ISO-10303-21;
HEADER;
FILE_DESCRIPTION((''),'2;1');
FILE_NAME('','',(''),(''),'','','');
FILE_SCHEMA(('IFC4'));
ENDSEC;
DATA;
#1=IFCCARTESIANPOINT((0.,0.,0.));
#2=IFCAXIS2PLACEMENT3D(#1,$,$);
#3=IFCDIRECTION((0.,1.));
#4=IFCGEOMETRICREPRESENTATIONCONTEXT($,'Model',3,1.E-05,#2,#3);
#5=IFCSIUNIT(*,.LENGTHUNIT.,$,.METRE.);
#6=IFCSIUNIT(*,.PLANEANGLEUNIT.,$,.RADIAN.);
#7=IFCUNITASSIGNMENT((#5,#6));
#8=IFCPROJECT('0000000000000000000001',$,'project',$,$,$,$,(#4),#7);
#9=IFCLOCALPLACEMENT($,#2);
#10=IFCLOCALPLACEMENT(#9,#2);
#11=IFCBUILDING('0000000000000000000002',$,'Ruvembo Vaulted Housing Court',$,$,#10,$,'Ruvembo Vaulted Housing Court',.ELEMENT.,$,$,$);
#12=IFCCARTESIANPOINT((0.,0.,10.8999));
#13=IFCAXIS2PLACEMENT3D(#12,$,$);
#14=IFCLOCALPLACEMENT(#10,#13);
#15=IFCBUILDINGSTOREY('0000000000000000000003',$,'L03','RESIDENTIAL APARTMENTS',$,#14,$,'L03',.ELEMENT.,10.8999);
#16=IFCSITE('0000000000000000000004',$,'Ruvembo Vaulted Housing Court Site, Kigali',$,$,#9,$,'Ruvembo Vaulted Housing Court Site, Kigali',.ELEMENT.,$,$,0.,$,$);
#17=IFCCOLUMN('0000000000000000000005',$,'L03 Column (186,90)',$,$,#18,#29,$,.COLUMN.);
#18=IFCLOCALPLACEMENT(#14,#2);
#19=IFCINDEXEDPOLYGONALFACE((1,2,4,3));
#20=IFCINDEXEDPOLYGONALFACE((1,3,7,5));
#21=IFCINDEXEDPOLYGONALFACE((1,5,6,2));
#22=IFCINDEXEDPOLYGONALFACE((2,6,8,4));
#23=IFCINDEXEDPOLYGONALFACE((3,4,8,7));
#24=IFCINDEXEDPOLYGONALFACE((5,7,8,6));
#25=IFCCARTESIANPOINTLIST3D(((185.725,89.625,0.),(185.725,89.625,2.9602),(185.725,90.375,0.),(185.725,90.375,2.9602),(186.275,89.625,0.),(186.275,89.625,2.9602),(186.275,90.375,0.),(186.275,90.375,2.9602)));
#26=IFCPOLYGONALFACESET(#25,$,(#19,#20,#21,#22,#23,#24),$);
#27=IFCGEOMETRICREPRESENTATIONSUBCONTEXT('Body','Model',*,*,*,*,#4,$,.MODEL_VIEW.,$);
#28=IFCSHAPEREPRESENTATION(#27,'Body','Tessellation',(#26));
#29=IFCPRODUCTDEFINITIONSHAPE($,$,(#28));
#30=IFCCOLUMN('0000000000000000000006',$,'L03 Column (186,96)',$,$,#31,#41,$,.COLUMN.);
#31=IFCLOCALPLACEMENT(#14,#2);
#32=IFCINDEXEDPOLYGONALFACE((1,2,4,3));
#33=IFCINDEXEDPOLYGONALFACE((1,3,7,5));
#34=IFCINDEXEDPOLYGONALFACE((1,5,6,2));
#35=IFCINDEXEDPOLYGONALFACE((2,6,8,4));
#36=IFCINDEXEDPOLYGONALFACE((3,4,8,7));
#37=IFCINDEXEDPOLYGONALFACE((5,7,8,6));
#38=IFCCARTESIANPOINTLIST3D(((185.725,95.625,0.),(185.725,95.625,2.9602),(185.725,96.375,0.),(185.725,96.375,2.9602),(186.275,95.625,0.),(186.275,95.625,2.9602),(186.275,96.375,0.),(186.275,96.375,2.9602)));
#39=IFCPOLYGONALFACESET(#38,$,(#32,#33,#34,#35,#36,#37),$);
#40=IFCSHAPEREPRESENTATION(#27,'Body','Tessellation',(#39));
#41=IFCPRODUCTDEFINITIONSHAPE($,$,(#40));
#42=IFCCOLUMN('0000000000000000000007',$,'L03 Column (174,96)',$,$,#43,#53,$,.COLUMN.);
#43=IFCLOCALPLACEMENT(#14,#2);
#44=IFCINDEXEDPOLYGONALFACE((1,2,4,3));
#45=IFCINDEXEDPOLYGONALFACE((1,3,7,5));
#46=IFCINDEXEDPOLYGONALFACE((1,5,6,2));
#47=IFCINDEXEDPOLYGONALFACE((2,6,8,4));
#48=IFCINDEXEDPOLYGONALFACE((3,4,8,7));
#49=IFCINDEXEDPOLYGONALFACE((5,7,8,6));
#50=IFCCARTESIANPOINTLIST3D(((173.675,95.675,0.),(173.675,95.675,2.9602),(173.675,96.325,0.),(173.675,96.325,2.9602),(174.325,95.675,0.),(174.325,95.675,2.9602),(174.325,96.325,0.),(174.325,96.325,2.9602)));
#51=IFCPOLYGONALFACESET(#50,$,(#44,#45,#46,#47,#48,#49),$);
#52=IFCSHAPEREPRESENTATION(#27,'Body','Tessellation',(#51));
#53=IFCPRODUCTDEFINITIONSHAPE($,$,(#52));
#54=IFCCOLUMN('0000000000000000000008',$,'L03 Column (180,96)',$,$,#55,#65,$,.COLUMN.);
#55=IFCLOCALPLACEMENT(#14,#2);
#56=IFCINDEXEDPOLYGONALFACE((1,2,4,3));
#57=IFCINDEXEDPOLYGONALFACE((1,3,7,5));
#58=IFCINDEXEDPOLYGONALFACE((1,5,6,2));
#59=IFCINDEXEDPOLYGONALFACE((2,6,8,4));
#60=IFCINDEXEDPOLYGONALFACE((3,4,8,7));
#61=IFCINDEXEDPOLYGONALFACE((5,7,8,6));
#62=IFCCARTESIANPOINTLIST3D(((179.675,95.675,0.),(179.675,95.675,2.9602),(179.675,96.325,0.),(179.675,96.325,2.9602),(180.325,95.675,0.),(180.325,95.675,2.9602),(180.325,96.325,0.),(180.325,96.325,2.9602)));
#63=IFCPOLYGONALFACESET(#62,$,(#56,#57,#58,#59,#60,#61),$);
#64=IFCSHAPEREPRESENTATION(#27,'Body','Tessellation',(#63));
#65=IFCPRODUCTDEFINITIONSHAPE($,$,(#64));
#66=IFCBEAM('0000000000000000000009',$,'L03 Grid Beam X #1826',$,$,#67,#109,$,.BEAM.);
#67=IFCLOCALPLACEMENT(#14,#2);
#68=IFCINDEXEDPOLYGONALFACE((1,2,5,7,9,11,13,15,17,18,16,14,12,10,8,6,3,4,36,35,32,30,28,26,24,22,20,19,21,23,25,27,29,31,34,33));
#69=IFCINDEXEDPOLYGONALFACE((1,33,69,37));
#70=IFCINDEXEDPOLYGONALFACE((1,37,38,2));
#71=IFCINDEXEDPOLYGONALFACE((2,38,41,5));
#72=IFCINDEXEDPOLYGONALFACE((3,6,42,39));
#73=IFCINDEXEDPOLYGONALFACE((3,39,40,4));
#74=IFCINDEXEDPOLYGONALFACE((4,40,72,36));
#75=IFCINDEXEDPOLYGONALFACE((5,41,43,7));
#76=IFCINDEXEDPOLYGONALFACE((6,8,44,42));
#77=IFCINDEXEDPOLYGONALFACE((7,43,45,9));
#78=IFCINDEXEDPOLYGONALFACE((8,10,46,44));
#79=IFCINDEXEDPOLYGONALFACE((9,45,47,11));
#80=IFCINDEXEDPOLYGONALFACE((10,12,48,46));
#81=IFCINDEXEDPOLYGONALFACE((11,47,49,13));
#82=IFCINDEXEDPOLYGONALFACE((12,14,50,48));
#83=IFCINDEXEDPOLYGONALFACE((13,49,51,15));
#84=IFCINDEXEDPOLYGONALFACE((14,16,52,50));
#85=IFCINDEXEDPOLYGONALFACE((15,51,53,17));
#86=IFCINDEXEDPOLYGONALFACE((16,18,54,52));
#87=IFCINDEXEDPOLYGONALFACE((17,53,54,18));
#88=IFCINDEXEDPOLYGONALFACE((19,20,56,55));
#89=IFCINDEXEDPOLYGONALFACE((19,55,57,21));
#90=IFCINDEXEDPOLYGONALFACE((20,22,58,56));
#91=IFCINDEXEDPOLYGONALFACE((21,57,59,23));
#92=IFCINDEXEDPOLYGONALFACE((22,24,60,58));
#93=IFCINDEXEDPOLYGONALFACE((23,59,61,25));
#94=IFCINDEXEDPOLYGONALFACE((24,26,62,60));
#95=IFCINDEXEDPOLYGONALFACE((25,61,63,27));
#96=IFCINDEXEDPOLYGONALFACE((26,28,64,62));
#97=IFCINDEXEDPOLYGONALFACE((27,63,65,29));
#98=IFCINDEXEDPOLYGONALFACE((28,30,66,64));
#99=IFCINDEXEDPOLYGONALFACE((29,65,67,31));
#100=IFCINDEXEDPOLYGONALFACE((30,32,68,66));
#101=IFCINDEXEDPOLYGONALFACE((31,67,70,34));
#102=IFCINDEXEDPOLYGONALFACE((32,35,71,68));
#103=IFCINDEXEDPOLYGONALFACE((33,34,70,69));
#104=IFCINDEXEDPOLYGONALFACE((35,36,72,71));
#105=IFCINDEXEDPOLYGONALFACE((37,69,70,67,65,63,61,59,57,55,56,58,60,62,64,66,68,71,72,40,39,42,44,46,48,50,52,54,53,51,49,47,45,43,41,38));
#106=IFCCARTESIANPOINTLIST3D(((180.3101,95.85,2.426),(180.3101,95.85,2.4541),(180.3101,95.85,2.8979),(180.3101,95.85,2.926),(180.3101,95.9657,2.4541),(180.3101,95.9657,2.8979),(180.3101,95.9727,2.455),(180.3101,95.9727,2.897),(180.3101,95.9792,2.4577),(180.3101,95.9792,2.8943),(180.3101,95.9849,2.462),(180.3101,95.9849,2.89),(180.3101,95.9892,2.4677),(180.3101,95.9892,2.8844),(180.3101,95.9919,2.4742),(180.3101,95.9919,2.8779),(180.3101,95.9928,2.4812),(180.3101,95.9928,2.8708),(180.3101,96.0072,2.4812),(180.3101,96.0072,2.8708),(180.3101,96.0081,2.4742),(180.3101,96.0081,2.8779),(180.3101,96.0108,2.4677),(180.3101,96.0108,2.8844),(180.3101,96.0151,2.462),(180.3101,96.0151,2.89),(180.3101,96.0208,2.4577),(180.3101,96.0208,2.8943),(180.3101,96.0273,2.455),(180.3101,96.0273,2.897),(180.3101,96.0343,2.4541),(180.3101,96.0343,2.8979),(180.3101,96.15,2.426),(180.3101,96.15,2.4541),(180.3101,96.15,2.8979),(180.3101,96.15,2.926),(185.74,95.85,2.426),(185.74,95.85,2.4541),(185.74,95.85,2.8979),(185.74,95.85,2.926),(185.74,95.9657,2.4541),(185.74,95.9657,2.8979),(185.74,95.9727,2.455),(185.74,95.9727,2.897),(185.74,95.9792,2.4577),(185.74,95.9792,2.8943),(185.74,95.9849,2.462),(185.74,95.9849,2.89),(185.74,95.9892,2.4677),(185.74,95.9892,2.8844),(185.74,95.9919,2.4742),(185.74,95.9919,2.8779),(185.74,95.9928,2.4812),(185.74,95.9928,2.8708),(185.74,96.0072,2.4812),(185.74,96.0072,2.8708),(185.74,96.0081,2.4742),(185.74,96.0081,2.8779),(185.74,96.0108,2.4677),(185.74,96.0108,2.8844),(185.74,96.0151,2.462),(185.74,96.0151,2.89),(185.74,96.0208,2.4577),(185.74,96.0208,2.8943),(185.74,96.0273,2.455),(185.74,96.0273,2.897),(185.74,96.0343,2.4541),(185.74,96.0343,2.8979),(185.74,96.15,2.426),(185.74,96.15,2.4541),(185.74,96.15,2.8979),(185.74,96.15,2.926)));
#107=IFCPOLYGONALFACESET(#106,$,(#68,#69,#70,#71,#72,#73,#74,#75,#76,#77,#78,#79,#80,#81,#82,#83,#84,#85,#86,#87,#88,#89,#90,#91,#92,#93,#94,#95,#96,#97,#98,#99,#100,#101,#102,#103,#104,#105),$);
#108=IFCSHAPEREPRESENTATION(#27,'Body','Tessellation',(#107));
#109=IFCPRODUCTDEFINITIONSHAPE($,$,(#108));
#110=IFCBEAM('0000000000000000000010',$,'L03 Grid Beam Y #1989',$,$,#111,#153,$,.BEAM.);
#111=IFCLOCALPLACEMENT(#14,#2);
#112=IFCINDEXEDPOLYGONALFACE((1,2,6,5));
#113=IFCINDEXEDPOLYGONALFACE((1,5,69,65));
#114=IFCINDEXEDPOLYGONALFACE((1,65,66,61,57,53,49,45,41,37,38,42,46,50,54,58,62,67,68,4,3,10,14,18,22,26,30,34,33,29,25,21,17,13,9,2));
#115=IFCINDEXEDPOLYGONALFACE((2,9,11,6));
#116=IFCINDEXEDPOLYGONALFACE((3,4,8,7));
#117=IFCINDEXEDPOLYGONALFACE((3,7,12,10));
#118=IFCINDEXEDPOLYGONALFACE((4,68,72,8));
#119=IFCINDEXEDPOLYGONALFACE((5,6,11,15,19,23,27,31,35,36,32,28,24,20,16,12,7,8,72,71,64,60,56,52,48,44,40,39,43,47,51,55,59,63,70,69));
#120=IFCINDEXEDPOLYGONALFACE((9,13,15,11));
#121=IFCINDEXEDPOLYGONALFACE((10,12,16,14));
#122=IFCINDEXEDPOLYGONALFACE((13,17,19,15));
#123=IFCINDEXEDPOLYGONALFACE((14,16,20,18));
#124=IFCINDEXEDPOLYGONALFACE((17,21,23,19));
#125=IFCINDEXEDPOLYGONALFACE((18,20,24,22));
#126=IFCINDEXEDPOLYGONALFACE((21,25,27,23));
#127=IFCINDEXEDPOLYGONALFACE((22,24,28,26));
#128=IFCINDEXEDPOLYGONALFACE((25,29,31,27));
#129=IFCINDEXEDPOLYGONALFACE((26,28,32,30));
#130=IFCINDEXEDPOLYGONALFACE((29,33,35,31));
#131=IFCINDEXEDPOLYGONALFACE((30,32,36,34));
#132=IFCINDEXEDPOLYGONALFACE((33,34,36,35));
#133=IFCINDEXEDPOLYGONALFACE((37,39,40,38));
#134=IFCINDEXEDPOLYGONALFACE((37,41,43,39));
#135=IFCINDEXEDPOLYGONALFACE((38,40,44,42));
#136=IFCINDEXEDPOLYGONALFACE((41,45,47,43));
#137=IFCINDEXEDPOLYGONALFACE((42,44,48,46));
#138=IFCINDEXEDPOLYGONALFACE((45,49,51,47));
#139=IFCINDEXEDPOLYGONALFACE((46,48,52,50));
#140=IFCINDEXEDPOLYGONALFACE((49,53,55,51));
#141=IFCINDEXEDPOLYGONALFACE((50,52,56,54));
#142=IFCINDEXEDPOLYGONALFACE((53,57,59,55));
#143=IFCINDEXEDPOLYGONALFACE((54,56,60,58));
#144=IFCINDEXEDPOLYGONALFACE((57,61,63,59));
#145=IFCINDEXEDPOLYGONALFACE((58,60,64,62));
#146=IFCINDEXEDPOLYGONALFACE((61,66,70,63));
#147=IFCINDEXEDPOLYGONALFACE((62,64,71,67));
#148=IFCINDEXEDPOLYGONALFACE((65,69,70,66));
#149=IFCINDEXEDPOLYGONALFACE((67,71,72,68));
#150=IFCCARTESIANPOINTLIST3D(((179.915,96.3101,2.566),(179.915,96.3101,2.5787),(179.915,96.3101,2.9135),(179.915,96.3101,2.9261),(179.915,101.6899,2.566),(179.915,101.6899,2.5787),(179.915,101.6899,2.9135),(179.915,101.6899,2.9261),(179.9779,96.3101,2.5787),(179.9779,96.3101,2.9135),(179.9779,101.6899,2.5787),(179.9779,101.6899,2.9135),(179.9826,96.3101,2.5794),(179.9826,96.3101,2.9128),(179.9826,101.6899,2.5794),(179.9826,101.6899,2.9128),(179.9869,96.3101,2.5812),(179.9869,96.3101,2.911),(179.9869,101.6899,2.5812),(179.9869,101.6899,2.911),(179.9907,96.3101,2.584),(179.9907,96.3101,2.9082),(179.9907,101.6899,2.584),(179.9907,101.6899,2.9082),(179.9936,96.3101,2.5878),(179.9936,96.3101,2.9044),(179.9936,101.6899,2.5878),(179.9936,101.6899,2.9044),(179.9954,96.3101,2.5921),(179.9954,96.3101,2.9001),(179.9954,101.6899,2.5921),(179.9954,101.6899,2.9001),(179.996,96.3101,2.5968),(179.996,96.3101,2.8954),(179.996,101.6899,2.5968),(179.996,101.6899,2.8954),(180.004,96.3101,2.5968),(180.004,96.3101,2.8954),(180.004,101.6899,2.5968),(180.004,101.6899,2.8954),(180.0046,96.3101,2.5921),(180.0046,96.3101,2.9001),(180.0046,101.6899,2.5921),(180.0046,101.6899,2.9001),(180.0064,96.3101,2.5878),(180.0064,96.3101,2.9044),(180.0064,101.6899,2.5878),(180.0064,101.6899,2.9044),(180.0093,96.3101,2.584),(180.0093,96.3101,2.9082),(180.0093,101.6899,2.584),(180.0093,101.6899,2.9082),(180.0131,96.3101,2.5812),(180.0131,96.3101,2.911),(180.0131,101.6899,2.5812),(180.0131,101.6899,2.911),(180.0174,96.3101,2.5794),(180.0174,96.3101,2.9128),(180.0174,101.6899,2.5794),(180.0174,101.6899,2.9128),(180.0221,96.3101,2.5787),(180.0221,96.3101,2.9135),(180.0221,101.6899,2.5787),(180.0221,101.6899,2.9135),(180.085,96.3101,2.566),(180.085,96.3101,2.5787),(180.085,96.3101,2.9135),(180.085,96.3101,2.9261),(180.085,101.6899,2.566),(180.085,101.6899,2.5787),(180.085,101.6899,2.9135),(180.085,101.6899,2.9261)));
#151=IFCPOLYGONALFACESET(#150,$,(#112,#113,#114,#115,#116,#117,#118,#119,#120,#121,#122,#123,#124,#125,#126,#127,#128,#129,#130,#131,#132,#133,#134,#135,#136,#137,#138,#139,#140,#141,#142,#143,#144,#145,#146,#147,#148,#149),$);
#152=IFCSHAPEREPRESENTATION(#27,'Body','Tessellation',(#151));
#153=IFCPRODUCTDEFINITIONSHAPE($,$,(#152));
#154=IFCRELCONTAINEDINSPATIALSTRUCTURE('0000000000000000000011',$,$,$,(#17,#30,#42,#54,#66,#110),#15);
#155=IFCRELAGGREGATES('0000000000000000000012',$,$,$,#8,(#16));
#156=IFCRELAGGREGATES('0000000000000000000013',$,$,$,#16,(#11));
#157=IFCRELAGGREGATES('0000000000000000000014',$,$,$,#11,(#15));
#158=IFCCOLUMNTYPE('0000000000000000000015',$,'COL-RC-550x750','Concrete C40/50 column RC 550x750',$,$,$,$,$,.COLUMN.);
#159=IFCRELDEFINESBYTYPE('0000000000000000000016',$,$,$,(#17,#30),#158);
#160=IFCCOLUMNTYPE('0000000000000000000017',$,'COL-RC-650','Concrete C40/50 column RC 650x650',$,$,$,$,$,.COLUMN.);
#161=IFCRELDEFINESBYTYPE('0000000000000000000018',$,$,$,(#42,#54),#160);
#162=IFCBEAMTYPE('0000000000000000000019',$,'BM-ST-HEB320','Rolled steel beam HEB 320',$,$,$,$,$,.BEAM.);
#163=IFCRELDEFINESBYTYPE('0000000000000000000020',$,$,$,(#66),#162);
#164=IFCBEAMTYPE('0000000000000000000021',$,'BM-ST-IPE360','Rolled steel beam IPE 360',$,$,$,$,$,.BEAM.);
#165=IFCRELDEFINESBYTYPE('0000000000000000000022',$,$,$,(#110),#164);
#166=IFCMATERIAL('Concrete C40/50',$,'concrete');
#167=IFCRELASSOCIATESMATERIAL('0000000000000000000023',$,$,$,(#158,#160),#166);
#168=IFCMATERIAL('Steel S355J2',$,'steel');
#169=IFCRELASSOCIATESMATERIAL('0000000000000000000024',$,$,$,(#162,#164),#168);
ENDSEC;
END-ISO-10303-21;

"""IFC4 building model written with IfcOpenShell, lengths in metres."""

from ifc_helpers import new_model, si_unit, direction, frame, origin, origin_2d, place, context, subcontext, project, spatial, rectangle, i_section, extrude, material, material_profile, profile_set, type_object, element, save


model = new_model("IFC4")

# Units and contexts
model_context = context("Model", 3, precision=1e-05, world=origin(), true_north=direction((0.0, 1.0)))
body_context = subcontext(model_context, "Body", "Model", "MODEL_VIEW")
ifc_project = project(units=[si_unit("LENGTHUNIT", "METRE"), si_unit("PLANEANGLEUNIT", "RADIAN")], contexts=[model_context])

# Site, building, storey
site_placement = place(None, origin())
site = spatial("IfcSite", under=ifc_project, at=site_placement, Name="Ruvembo Vaulted Housing Court Site, Kigali", LongName="Ruvembo Vaulted Housing Court Site, Kigali", CompositionType="ELEMENT", RefElevation=0.0)
building_placement = place(site_placement, origin())
building = spatial("IfcBuilding", under=site, at=building_placement, Name="Ruvembo Vaulted Housing Court", LongName="Ruvembo Vaulted Housing Court", CompositionType="ELEMENT")
storey_placement = place(building_placement, frame((0.0, 0.0, 10.8999)))
storey = spatial("IfcBuildingStorey", under=building, at=storey_placement, Name="L03", Description="RESIDENTIAL APARTMENTS", LongName="L03", CompositionType="ELEMENT", Elevation=10.8999)

# Columns
ifc_material_1 = material(Name="Concrete C40/50", Category="concrete")
ifc_material_profile_1 = material_profile(ifc_material_1, rectangle(XDim=0.55, YDim=0.75, at=origin_2d()), Name="RC 550x750")
ifc_profile_set_1 = profile_set([ifc_material_profile_1], Name="Concrete C40/50")
column_type_1 = type_object("IfcColumnType", Name="COL-RC-550x750", Description="Concrete C40/50 column RC 550x750", PredefinedType="COLUMN", material=ifc_profile_set_1)
for number, where, z_axis, x_axis, name in (
    (1, (186.0, 90.0, 0.0), (0.0, 0.0, 1.0), (1.0, 0.0, 0.0), "L03 Column (186,90)"),
    (2, (186.0, 96.0, 0.0), (0.0, 0.0, 1.0), (1.0, 0.0, 0.0), "L03 Column (186,96)"),
):
    element("IfcColumn", number, at=place(storey_placement, frame(where, z_axis=z_axis, x_axis=x_axis)), inside=storey, type_object=column_type_1, Name=name, PredefinedType="COLUMN", context=body_context, shape_type="SweptSolid", body=[
        extrude(rectangle(XDim=0.55, YDim=0.75, at=origin_2d()), origin(), (0.0, 0.0, 1.0), 2.9602),
    ])
ifc_material_profile_2 = material_profile(ifc_material_1, rectangle(XDim=0.6499, YDim=0.6499, at=origin_2d()), Name="RC 650x650")
ifc_profile_set_2 = profile_set([ifc_material_profile_2], Name="Concrete C40/50")
column_type_2 = type_object("IfcColumnType", Name="COL-RC-650", Description="Concrete C40/50 column RC 650x650", PredefinedType="COLUMN", material=ifc_profile_set_2)
for number, where, z_axis, x_axis, name in (
    (3, (174.0, 96.0, 0.0), (0.0, 0.0, 1.0), (1.0, 0.0, 0.0), "L03 Column (174,96)"),
    (4, (180.0, 96.0, 0.0), (0.0, 0.0, 1.0), (1.0, 0.0, 0.0), "L03 Column (180,96)"),
):
    element("IfcColumn", number, at=place(storey_placement, frame(where, z_axis=z_axis, x_axis=x_axis)), inside=storey, type_object=column_type_2, Name=name, PredefinedType="COLUMN", context=body_context, shape_type="SweptSolid", body=[
        extrude(rectangle(XDim=0.6499, YDim=0.6499, at=origin_2d()), origin(), (0.0, 0.0, 1.0), 2.9602),
    ])

# Beams
ifc_material_2 = material(Name="Steel S355J2", Category="steel")
ifc_material_profile_3 = material_profile(ifc_material_2, i_section(OverallWidth=0.3, OverallDepth=0.5, WebThickness=0.0144, FlangeThickness=0.0281, FilletRadius=0.0271, at=origin_2d()), Name="HEB 320")
ifc_profile_set_3 = profile_set([ifc_material_profile_3], Name="Steel S355J2")
beam_type_1 = type_object("IfcBeamType", Name="BM-ST-HEB320", Description="Rolled steel beam HEB 320", PredefinedType="BEAM", material=ifc_profile_set_3)
beam_1_placement = place(storey_placement, frame((180.3101, 96.0, 2.676), z_axis=(1.0, 0.0, 0.0), x_axis=(0.0, 1.0, 0.0)))
element("IfcBeam", 5, at=beam_1_placement, inside=storey, type_object=beam_type_1, Name="L03 Grid Beam X #1826", PredefinedType="BEAM", context=body_context, shape_type="SweptSolid", body=[
    extrude(i_section(OverallWidth=0.3, OverallDepth=0.5, WebThickness=0.0144, FlangeThickness=0.0281, FilletRadius=0.0271, at=origin_2d()), origin(), (0.0, 0.0, 1.0), 5.4299),
])
ifc_material_profile_4 = material_profile(ifc_material_2, i_section(OverallWidth=0.1699, OverallDepth=0.3601, WebThickness=0.0081, FlangeThickness=0.0127, FilletRadius=0.0181, at=origin_2d()), Name="IPE 360")
ifc_profile_set_4 = profile_set([ifc_material_profile_4], Name="Steel S355J2")
beam_type_2 = type_object("IfcBeamType", Name="BM-ST-IPE360", Description="Rolled steel beam IPE 360", PredefinedType="BEAM", material=ifc_profile_set_4)
beam_2_placement = place(storey_placement, frame((180.0, 96.3101, 2.7461), z_axis=(0.0, 1.0, 0.0), x_axis=(-1.0, 0.0, 0.0)))
element("IfcBeam", 6, at=beam_2_placement, inside=storey, type_object=beam_type_2, Name="L03 Grid Beam Y #1989", PredefinedType="BEAM", context=body_context, shape_type="SweptSolid", body=[
    extrude(i_section(OverallWidth=0.1699, OverallDepth=0.3601, WebThickness=0.0081, FlangeThickness=0.0127, FilletRadius=0.0181, at=origin_2d()), origin(), (0.0, 0.0, 1.0), 5.3799),
])

save(model, "model.ifc")
